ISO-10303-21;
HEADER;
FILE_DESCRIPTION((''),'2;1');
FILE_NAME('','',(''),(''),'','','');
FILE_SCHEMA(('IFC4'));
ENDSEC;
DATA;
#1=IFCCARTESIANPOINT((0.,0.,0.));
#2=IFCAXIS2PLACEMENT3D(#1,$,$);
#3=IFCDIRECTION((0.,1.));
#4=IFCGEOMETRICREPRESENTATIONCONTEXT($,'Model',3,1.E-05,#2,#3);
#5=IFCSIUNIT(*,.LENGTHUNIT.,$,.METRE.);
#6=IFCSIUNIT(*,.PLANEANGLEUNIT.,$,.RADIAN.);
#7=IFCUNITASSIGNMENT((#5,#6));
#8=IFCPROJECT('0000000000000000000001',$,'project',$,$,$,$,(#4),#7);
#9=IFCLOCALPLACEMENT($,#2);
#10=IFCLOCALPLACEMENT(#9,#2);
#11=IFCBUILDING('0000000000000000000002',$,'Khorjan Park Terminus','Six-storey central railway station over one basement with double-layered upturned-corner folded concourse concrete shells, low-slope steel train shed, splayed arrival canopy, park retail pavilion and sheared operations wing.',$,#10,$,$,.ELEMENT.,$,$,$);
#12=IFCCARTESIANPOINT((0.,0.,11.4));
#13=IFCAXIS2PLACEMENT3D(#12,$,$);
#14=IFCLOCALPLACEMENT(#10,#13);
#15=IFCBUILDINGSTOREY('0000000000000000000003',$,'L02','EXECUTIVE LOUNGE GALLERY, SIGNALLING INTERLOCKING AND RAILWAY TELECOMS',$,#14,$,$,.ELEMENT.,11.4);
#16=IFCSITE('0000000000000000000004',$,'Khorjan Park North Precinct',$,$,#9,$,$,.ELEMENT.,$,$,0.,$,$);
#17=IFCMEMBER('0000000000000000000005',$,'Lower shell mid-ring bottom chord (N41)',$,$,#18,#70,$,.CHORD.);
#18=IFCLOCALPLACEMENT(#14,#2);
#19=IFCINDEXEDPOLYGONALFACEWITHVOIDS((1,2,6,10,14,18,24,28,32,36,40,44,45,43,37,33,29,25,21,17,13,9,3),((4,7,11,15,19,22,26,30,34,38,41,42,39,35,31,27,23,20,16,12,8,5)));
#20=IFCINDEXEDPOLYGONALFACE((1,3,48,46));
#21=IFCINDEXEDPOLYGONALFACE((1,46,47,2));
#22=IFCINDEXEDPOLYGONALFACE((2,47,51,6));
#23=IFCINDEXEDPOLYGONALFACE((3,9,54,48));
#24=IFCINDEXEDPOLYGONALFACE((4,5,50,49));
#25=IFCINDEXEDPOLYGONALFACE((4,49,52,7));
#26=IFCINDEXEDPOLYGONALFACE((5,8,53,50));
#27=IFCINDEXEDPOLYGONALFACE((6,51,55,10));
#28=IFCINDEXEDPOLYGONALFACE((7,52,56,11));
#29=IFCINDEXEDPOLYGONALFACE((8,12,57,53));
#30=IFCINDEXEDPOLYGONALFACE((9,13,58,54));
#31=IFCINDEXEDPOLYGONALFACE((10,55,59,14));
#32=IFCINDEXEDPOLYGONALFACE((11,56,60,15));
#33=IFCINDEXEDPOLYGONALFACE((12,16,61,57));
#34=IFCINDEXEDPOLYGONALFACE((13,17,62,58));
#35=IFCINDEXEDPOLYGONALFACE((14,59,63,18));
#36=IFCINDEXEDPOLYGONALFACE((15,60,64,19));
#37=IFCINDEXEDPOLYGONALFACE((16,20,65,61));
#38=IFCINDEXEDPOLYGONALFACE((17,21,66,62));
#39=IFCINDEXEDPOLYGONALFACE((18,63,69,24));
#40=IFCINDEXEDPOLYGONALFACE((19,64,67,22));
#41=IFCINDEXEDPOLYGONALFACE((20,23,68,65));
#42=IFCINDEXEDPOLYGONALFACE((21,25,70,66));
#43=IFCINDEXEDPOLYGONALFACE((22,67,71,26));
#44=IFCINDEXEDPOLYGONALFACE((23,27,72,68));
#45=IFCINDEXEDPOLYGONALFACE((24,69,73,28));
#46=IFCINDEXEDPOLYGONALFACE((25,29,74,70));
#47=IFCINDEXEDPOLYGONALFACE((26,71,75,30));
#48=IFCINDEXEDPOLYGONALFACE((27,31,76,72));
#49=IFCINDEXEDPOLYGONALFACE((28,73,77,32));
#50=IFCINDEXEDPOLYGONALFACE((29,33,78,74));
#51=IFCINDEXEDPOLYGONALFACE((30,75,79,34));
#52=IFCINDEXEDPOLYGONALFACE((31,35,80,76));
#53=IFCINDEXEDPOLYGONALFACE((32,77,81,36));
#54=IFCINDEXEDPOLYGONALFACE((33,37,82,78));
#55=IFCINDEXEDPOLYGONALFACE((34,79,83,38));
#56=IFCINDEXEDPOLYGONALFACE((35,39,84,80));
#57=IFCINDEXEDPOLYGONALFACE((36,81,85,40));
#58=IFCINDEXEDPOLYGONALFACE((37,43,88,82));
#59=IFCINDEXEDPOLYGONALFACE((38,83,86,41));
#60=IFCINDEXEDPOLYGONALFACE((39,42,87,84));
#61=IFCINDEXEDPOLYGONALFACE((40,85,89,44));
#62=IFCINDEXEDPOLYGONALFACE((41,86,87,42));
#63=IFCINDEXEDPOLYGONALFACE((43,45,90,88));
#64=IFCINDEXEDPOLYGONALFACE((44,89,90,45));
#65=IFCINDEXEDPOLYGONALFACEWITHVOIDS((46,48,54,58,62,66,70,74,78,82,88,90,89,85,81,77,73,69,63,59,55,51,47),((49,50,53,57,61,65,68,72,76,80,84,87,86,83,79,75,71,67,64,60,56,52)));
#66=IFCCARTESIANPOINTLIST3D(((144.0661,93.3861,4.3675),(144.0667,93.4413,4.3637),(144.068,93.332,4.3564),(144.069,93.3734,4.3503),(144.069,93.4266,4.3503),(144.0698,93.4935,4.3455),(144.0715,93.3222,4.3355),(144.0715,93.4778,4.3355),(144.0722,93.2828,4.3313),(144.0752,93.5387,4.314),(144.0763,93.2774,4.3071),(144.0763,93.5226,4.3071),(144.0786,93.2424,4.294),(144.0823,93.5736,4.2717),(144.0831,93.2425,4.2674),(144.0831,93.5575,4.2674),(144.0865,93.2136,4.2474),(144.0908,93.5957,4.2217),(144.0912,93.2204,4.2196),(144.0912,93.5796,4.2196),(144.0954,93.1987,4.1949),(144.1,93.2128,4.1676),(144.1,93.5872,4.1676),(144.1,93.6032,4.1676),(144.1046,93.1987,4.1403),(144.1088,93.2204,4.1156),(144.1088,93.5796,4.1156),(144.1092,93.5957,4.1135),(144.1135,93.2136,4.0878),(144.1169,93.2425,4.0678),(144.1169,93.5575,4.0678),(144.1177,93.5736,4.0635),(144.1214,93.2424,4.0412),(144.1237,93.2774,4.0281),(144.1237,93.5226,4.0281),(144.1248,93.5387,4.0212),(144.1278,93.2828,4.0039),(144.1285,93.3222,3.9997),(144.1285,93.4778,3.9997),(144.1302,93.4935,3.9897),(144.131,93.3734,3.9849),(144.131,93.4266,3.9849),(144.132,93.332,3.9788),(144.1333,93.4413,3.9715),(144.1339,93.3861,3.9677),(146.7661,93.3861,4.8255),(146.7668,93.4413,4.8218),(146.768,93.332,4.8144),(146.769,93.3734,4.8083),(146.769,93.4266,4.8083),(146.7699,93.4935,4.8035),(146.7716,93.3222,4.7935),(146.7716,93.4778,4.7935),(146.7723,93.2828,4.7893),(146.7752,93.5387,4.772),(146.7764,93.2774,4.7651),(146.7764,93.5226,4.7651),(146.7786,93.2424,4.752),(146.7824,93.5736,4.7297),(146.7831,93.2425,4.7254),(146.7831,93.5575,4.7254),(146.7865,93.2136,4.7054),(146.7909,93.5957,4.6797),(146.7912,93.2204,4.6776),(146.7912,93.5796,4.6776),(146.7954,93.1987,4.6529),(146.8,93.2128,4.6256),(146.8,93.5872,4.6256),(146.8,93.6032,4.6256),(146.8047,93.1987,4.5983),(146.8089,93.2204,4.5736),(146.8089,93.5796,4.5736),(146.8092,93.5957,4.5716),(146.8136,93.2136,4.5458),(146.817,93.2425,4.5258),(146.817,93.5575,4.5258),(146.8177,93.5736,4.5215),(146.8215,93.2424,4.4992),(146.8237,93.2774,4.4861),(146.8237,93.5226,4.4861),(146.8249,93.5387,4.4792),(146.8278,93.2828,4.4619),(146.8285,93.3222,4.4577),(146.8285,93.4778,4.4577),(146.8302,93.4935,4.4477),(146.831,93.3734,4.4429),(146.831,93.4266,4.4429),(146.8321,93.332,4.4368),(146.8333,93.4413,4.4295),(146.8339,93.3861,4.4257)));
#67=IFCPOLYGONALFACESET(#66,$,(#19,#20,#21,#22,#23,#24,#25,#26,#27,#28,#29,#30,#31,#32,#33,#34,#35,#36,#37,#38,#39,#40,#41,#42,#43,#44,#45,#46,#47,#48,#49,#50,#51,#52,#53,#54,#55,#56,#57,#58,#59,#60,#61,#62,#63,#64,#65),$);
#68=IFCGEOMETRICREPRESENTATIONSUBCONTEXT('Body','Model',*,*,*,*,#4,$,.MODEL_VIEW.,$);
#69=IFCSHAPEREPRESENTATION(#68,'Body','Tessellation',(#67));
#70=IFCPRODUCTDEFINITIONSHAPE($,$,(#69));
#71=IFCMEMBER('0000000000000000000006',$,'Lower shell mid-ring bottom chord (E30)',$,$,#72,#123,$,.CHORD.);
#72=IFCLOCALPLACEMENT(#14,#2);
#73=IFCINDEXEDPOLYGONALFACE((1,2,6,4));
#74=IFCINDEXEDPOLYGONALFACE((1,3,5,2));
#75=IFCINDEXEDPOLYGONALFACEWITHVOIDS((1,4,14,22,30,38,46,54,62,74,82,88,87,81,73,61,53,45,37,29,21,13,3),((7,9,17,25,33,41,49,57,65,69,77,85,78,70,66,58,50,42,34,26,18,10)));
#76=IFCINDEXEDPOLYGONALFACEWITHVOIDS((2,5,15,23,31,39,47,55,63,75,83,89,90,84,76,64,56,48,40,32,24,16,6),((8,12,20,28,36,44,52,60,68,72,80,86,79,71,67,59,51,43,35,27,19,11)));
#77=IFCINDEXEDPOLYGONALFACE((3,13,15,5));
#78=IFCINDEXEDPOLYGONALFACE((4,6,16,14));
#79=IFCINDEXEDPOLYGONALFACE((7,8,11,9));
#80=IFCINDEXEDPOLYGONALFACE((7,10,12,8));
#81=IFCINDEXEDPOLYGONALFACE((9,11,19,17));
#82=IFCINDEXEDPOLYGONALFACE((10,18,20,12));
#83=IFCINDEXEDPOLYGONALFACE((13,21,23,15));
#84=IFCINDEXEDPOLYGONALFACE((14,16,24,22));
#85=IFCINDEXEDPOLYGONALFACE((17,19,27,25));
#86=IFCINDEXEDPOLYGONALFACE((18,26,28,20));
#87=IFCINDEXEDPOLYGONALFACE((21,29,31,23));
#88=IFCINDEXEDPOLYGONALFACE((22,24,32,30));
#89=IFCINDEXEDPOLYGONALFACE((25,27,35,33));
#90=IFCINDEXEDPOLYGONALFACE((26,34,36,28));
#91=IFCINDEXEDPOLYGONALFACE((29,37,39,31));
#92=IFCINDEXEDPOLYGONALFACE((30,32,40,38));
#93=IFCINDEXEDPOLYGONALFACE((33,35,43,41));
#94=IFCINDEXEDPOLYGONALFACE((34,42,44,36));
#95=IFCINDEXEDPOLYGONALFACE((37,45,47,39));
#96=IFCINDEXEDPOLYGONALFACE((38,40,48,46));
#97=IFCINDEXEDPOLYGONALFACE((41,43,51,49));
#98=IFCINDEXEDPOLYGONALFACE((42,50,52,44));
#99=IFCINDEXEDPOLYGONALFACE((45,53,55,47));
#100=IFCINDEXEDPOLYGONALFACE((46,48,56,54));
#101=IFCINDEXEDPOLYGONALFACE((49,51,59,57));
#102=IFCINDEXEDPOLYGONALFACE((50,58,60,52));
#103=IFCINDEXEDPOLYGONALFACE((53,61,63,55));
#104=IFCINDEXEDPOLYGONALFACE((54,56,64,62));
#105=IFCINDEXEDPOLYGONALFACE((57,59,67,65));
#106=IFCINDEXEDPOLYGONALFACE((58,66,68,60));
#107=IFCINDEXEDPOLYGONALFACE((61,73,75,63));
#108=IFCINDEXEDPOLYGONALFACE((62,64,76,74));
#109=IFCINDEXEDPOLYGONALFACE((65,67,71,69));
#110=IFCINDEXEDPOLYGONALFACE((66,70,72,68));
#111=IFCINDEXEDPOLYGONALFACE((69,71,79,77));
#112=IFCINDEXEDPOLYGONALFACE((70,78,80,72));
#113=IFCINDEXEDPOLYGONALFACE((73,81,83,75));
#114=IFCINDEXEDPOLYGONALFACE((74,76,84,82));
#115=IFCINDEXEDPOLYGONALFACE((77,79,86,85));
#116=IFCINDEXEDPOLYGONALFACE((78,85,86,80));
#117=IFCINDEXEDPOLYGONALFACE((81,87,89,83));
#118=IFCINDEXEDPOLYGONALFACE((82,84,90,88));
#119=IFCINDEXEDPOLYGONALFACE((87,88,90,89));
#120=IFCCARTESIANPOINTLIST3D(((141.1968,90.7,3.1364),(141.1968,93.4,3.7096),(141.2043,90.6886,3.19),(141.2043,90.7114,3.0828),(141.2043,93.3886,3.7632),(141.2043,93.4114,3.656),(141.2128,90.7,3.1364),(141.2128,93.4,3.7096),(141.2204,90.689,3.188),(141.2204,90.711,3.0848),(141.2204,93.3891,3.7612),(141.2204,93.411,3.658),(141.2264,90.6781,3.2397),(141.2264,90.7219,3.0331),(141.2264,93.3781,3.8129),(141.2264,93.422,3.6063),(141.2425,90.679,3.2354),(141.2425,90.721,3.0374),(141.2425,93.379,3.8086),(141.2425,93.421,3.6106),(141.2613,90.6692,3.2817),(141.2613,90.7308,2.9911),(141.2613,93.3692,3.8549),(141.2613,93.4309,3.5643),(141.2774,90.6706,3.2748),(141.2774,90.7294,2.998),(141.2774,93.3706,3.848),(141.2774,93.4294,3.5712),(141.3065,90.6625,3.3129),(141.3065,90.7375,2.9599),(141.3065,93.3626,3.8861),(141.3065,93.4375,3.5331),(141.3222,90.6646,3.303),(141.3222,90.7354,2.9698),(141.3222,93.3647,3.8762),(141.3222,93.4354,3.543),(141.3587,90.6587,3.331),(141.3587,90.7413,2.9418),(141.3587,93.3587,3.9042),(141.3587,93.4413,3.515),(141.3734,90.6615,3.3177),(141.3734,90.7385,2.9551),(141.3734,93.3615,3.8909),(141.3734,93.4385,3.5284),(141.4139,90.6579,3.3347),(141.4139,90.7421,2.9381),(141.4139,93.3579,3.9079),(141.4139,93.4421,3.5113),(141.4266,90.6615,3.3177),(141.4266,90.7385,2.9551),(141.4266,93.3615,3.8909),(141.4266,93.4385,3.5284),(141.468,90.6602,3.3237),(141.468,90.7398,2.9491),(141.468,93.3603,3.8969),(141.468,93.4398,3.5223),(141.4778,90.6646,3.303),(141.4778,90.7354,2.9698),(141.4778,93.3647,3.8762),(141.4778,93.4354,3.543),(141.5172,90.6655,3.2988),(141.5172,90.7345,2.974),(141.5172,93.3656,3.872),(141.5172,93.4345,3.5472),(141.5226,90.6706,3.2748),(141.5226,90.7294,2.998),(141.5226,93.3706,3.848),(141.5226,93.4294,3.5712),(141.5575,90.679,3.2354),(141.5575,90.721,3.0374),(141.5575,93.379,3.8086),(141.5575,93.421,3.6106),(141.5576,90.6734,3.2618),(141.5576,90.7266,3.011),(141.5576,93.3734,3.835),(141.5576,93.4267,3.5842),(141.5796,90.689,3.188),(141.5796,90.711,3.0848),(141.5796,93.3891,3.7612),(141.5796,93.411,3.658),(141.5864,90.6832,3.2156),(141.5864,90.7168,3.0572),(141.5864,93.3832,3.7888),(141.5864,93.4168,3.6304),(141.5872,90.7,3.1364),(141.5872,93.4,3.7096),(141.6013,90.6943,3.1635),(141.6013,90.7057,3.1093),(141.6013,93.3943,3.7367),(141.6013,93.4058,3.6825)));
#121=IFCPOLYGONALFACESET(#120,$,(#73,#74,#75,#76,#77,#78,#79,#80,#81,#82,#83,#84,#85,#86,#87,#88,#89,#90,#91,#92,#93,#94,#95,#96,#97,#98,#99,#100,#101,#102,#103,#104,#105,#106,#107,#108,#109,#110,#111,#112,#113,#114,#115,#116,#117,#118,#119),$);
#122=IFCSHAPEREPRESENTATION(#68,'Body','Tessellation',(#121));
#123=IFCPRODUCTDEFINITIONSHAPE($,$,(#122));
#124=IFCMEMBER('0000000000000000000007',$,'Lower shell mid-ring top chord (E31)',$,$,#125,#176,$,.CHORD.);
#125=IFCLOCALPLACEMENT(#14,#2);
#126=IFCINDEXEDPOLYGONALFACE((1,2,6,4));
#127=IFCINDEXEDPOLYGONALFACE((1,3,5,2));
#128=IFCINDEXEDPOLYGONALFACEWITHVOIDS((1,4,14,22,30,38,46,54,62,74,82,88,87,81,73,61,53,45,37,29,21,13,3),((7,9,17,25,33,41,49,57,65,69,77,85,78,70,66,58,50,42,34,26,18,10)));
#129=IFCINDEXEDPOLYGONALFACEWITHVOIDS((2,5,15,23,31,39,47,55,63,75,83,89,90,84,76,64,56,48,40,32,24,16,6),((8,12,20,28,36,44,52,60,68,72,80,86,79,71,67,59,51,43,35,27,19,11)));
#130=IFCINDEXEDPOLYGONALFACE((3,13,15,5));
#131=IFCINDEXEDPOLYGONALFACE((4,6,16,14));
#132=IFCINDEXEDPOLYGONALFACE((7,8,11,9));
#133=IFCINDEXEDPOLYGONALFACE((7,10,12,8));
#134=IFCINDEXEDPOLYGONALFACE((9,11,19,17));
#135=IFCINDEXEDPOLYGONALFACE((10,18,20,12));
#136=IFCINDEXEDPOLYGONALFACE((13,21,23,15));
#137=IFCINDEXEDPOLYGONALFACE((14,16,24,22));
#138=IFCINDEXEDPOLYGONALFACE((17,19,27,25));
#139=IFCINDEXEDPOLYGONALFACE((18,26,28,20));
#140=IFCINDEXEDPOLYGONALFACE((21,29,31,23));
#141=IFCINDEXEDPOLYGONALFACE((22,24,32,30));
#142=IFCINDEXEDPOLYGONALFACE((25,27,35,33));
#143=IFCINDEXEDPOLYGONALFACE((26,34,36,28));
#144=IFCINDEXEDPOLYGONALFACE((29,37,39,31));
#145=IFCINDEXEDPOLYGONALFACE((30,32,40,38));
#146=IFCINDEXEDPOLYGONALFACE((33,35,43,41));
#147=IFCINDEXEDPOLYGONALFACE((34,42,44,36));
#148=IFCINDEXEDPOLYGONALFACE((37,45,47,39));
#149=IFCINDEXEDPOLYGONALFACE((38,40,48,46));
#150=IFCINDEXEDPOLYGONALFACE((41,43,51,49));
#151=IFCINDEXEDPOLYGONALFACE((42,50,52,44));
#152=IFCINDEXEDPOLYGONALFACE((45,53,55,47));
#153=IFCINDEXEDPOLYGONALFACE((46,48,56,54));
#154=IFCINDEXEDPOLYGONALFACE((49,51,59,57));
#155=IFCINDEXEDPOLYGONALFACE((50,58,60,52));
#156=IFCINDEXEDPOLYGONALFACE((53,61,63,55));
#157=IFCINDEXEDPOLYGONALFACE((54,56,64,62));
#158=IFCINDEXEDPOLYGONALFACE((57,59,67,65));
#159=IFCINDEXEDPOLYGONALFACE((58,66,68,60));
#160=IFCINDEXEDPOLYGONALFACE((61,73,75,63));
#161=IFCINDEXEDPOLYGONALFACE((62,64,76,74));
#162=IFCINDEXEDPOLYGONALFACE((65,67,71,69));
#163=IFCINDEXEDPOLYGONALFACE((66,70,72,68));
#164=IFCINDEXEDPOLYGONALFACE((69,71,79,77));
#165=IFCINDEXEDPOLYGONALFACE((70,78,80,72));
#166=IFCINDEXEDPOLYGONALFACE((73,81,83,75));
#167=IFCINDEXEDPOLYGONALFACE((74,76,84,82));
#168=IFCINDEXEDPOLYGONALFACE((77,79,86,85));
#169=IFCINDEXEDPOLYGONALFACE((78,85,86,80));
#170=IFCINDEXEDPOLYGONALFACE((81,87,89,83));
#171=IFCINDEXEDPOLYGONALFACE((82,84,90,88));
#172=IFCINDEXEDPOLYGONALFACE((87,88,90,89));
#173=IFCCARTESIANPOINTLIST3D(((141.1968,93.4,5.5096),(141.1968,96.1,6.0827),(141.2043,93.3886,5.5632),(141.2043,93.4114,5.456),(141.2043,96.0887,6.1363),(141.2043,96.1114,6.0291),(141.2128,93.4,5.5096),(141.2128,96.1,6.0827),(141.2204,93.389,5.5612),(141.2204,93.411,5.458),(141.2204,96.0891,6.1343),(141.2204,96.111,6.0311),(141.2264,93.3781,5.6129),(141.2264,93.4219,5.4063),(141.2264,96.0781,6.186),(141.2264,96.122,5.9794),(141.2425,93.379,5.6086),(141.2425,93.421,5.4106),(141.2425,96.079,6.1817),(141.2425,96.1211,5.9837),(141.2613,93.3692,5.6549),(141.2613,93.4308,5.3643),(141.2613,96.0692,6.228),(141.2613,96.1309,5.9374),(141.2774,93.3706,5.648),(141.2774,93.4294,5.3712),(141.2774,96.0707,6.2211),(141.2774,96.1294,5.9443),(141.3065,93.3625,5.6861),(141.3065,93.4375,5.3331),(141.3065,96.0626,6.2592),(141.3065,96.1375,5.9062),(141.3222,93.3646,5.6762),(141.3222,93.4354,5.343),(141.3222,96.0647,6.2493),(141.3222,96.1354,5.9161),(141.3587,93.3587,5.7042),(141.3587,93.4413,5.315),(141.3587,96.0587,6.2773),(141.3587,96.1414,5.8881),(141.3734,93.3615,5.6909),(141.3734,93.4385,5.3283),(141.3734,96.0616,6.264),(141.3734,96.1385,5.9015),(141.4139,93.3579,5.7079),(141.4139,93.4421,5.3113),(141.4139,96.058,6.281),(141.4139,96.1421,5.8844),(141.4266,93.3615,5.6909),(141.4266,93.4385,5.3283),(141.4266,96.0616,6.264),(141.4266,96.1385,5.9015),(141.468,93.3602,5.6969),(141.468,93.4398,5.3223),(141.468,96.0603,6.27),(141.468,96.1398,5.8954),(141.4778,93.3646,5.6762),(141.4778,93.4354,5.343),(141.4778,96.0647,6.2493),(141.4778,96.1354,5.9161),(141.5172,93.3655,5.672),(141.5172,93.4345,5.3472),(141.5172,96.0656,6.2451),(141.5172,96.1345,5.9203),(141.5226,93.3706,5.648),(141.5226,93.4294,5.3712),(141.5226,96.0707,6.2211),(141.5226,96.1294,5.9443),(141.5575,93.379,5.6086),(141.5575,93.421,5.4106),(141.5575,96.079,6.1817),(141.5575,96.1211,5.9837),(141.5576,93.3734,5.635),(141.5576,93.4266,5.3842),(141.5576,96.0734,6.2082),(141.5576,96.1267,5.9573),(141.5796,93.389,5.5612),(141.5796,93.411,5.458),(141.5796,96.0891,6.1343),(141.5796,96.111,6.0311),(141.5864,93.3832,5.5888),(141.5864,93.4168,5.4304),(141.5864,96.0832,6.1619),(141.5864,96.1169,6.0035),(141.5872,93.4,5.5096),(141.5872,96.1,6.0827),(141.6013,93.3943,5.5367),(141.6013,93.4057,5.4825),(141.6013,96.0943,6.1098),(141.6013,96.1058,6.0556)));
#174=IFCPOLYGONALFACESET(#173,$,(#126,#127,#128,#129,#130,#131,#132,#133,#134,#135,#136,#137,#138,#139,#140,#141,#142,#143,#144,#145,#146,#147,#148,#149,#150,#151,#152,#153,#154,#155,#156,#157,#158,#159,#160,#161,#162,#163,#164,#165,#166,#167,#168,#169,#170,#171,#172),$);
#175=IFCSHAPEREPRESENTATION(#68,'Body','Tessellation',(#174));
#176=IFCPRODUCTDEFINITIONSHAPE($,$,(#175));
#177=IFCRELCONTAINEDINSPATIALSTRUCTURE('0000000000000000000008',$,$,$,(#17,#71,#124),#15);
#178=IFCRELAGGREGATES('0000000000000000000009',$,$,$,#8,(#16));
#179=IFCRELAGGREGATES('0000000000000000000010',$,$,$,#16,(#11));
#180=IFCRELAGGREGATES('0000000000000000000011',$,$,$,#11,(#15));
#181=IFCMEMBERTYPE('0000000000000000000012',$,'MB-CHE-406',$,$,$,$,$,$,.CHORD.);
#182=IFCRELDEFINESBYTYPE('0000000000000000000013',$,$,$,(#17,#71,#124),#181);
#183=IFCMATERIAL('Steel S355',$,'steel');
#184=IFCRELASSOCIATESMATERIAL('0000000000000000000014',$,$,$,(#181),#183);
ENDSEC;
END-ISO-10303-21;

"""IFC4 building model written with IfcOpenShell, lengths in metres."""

from ifc_helpers import new_model, si_unit, direction, frame, origin, origin_2d, place, context, subcontext, project, spatial, hollow_circle, extrude, material, material_profile, profile_set, type_object, element, save


model = new_model("IFC4")

# Units and contexts
model_context = context("Model", 3, precision=1e-05, world=origin(), true_north=direction((0.0, 1.0)))
body_context = subcontext(model_context, "Body", "Model", "MODEL_VIEW")
ifc_project = project(units=[si_unit("LENGTHUNIT", "METRE"), si_unit("PLANEANGLEUNIT", "RADIAN")], contexts=[model_context])

# Site, building, storey
site_placement = place(None, origin())
site = spatial("IfcSite", under=ifc_project, at=site_placement, Name="Khorjan Park North Precinct", CompositionType="ELEMENT", RefElevation=0.0)
building_placement = place(site_placement, origin())
building = spatial("IfcBuilding", under=site, at=building_placement, Name="Khorjan Park Terminus", Description="Six-storey central railway station over one basement with double-layered upturned-corner folded concourse concrete shells, low-slope steel train shed, splayed arrival canopy, park retail pavilion and sheared operations wing.", CompositionType="ELEMENT")
storey_placement = place(building_placement, frame((0.0, 0.0, 11.4)))
storey = spatial("IfcBuildingStorey", under=building, at=storey_placement, Name="L02", Description="EXECUTIVE LOUNGE GALLERY, SIGNALLING INTERLOCKING AND RAILWAY TELECOMS", CompositionType="ELEMENT", Elevation=11.4)

# Shared definitions
ifc_material_1 = material(Name="Steel S355", Category="steel")

# Members
ifc_material_profile_1 = material_profile(ifc_material_1, hollow_circle(Radius=0.2032, WallThickness=0.016, at=origin_2d()), Name="CHS 406.4x16")
ifc_profile_set_1 = profile_set([ifc_material_profile_1], Name="Steel S355")
member_type_1 = type_object("IfcMemberType", Name="MB-CHE-406", PredefinedType="CHORD", material=ifc_profile_set_1)
for number, where, z_axis, x_axis, name in (
    (1, (144.1, 93.4, 4.1676), (0.985916, 0.0, 0.167241), (0.0, 1.0, 0.0), "Lower shell mid-ring bottom chord (N41)"),
):
    element("IfcMember", number, at=place(storey_placement, frame(where, z_axis=z_axis, x_axis=x_axis)), inside=storey, type_object=member_type_1, Name=name, PredefinedType="CHORD", context=body_context, shape_type="SweptSolid", body=[
        extrude(hollow_circle(Radius=0.2032, WallThickness=0.016, at=origin_2d()), origin(), (0.0, 0.0, 1.0), 2.7386),
    ])
for number, where, z_axis, x_axis, name in (
    (2, (141.4, 90.7, 3.1364), (0.0, 0.978199, 0.207668), (-1.0, 0.0, 0.0), "Lower shell mid-ring bottom chord (E30)"),
    (3, (141.4, 93.4, 5.5096), (0.0, 0.978207, 0.207633), (-1.0, 0.0, 0.0), "Lower shell mid-ring top chord (E31)"),
):
    element("IfcMember", number, at=place(storey_placement, frame(where, z_axis=z_axis, x_axis=x_axis)), inside=storey, type_object=member_type_1, Name=name, PredefinedType="CHORD", context=body_context, shape_type="SweptSolid", body=[
        extrude(hollow_circle(Radius=0.2032, WallThickness=0.016, at=origin_2d()), origin(), (0.0, 0.0, 1.0), 2.7602),
    ])

save(model, "model.ifc")
